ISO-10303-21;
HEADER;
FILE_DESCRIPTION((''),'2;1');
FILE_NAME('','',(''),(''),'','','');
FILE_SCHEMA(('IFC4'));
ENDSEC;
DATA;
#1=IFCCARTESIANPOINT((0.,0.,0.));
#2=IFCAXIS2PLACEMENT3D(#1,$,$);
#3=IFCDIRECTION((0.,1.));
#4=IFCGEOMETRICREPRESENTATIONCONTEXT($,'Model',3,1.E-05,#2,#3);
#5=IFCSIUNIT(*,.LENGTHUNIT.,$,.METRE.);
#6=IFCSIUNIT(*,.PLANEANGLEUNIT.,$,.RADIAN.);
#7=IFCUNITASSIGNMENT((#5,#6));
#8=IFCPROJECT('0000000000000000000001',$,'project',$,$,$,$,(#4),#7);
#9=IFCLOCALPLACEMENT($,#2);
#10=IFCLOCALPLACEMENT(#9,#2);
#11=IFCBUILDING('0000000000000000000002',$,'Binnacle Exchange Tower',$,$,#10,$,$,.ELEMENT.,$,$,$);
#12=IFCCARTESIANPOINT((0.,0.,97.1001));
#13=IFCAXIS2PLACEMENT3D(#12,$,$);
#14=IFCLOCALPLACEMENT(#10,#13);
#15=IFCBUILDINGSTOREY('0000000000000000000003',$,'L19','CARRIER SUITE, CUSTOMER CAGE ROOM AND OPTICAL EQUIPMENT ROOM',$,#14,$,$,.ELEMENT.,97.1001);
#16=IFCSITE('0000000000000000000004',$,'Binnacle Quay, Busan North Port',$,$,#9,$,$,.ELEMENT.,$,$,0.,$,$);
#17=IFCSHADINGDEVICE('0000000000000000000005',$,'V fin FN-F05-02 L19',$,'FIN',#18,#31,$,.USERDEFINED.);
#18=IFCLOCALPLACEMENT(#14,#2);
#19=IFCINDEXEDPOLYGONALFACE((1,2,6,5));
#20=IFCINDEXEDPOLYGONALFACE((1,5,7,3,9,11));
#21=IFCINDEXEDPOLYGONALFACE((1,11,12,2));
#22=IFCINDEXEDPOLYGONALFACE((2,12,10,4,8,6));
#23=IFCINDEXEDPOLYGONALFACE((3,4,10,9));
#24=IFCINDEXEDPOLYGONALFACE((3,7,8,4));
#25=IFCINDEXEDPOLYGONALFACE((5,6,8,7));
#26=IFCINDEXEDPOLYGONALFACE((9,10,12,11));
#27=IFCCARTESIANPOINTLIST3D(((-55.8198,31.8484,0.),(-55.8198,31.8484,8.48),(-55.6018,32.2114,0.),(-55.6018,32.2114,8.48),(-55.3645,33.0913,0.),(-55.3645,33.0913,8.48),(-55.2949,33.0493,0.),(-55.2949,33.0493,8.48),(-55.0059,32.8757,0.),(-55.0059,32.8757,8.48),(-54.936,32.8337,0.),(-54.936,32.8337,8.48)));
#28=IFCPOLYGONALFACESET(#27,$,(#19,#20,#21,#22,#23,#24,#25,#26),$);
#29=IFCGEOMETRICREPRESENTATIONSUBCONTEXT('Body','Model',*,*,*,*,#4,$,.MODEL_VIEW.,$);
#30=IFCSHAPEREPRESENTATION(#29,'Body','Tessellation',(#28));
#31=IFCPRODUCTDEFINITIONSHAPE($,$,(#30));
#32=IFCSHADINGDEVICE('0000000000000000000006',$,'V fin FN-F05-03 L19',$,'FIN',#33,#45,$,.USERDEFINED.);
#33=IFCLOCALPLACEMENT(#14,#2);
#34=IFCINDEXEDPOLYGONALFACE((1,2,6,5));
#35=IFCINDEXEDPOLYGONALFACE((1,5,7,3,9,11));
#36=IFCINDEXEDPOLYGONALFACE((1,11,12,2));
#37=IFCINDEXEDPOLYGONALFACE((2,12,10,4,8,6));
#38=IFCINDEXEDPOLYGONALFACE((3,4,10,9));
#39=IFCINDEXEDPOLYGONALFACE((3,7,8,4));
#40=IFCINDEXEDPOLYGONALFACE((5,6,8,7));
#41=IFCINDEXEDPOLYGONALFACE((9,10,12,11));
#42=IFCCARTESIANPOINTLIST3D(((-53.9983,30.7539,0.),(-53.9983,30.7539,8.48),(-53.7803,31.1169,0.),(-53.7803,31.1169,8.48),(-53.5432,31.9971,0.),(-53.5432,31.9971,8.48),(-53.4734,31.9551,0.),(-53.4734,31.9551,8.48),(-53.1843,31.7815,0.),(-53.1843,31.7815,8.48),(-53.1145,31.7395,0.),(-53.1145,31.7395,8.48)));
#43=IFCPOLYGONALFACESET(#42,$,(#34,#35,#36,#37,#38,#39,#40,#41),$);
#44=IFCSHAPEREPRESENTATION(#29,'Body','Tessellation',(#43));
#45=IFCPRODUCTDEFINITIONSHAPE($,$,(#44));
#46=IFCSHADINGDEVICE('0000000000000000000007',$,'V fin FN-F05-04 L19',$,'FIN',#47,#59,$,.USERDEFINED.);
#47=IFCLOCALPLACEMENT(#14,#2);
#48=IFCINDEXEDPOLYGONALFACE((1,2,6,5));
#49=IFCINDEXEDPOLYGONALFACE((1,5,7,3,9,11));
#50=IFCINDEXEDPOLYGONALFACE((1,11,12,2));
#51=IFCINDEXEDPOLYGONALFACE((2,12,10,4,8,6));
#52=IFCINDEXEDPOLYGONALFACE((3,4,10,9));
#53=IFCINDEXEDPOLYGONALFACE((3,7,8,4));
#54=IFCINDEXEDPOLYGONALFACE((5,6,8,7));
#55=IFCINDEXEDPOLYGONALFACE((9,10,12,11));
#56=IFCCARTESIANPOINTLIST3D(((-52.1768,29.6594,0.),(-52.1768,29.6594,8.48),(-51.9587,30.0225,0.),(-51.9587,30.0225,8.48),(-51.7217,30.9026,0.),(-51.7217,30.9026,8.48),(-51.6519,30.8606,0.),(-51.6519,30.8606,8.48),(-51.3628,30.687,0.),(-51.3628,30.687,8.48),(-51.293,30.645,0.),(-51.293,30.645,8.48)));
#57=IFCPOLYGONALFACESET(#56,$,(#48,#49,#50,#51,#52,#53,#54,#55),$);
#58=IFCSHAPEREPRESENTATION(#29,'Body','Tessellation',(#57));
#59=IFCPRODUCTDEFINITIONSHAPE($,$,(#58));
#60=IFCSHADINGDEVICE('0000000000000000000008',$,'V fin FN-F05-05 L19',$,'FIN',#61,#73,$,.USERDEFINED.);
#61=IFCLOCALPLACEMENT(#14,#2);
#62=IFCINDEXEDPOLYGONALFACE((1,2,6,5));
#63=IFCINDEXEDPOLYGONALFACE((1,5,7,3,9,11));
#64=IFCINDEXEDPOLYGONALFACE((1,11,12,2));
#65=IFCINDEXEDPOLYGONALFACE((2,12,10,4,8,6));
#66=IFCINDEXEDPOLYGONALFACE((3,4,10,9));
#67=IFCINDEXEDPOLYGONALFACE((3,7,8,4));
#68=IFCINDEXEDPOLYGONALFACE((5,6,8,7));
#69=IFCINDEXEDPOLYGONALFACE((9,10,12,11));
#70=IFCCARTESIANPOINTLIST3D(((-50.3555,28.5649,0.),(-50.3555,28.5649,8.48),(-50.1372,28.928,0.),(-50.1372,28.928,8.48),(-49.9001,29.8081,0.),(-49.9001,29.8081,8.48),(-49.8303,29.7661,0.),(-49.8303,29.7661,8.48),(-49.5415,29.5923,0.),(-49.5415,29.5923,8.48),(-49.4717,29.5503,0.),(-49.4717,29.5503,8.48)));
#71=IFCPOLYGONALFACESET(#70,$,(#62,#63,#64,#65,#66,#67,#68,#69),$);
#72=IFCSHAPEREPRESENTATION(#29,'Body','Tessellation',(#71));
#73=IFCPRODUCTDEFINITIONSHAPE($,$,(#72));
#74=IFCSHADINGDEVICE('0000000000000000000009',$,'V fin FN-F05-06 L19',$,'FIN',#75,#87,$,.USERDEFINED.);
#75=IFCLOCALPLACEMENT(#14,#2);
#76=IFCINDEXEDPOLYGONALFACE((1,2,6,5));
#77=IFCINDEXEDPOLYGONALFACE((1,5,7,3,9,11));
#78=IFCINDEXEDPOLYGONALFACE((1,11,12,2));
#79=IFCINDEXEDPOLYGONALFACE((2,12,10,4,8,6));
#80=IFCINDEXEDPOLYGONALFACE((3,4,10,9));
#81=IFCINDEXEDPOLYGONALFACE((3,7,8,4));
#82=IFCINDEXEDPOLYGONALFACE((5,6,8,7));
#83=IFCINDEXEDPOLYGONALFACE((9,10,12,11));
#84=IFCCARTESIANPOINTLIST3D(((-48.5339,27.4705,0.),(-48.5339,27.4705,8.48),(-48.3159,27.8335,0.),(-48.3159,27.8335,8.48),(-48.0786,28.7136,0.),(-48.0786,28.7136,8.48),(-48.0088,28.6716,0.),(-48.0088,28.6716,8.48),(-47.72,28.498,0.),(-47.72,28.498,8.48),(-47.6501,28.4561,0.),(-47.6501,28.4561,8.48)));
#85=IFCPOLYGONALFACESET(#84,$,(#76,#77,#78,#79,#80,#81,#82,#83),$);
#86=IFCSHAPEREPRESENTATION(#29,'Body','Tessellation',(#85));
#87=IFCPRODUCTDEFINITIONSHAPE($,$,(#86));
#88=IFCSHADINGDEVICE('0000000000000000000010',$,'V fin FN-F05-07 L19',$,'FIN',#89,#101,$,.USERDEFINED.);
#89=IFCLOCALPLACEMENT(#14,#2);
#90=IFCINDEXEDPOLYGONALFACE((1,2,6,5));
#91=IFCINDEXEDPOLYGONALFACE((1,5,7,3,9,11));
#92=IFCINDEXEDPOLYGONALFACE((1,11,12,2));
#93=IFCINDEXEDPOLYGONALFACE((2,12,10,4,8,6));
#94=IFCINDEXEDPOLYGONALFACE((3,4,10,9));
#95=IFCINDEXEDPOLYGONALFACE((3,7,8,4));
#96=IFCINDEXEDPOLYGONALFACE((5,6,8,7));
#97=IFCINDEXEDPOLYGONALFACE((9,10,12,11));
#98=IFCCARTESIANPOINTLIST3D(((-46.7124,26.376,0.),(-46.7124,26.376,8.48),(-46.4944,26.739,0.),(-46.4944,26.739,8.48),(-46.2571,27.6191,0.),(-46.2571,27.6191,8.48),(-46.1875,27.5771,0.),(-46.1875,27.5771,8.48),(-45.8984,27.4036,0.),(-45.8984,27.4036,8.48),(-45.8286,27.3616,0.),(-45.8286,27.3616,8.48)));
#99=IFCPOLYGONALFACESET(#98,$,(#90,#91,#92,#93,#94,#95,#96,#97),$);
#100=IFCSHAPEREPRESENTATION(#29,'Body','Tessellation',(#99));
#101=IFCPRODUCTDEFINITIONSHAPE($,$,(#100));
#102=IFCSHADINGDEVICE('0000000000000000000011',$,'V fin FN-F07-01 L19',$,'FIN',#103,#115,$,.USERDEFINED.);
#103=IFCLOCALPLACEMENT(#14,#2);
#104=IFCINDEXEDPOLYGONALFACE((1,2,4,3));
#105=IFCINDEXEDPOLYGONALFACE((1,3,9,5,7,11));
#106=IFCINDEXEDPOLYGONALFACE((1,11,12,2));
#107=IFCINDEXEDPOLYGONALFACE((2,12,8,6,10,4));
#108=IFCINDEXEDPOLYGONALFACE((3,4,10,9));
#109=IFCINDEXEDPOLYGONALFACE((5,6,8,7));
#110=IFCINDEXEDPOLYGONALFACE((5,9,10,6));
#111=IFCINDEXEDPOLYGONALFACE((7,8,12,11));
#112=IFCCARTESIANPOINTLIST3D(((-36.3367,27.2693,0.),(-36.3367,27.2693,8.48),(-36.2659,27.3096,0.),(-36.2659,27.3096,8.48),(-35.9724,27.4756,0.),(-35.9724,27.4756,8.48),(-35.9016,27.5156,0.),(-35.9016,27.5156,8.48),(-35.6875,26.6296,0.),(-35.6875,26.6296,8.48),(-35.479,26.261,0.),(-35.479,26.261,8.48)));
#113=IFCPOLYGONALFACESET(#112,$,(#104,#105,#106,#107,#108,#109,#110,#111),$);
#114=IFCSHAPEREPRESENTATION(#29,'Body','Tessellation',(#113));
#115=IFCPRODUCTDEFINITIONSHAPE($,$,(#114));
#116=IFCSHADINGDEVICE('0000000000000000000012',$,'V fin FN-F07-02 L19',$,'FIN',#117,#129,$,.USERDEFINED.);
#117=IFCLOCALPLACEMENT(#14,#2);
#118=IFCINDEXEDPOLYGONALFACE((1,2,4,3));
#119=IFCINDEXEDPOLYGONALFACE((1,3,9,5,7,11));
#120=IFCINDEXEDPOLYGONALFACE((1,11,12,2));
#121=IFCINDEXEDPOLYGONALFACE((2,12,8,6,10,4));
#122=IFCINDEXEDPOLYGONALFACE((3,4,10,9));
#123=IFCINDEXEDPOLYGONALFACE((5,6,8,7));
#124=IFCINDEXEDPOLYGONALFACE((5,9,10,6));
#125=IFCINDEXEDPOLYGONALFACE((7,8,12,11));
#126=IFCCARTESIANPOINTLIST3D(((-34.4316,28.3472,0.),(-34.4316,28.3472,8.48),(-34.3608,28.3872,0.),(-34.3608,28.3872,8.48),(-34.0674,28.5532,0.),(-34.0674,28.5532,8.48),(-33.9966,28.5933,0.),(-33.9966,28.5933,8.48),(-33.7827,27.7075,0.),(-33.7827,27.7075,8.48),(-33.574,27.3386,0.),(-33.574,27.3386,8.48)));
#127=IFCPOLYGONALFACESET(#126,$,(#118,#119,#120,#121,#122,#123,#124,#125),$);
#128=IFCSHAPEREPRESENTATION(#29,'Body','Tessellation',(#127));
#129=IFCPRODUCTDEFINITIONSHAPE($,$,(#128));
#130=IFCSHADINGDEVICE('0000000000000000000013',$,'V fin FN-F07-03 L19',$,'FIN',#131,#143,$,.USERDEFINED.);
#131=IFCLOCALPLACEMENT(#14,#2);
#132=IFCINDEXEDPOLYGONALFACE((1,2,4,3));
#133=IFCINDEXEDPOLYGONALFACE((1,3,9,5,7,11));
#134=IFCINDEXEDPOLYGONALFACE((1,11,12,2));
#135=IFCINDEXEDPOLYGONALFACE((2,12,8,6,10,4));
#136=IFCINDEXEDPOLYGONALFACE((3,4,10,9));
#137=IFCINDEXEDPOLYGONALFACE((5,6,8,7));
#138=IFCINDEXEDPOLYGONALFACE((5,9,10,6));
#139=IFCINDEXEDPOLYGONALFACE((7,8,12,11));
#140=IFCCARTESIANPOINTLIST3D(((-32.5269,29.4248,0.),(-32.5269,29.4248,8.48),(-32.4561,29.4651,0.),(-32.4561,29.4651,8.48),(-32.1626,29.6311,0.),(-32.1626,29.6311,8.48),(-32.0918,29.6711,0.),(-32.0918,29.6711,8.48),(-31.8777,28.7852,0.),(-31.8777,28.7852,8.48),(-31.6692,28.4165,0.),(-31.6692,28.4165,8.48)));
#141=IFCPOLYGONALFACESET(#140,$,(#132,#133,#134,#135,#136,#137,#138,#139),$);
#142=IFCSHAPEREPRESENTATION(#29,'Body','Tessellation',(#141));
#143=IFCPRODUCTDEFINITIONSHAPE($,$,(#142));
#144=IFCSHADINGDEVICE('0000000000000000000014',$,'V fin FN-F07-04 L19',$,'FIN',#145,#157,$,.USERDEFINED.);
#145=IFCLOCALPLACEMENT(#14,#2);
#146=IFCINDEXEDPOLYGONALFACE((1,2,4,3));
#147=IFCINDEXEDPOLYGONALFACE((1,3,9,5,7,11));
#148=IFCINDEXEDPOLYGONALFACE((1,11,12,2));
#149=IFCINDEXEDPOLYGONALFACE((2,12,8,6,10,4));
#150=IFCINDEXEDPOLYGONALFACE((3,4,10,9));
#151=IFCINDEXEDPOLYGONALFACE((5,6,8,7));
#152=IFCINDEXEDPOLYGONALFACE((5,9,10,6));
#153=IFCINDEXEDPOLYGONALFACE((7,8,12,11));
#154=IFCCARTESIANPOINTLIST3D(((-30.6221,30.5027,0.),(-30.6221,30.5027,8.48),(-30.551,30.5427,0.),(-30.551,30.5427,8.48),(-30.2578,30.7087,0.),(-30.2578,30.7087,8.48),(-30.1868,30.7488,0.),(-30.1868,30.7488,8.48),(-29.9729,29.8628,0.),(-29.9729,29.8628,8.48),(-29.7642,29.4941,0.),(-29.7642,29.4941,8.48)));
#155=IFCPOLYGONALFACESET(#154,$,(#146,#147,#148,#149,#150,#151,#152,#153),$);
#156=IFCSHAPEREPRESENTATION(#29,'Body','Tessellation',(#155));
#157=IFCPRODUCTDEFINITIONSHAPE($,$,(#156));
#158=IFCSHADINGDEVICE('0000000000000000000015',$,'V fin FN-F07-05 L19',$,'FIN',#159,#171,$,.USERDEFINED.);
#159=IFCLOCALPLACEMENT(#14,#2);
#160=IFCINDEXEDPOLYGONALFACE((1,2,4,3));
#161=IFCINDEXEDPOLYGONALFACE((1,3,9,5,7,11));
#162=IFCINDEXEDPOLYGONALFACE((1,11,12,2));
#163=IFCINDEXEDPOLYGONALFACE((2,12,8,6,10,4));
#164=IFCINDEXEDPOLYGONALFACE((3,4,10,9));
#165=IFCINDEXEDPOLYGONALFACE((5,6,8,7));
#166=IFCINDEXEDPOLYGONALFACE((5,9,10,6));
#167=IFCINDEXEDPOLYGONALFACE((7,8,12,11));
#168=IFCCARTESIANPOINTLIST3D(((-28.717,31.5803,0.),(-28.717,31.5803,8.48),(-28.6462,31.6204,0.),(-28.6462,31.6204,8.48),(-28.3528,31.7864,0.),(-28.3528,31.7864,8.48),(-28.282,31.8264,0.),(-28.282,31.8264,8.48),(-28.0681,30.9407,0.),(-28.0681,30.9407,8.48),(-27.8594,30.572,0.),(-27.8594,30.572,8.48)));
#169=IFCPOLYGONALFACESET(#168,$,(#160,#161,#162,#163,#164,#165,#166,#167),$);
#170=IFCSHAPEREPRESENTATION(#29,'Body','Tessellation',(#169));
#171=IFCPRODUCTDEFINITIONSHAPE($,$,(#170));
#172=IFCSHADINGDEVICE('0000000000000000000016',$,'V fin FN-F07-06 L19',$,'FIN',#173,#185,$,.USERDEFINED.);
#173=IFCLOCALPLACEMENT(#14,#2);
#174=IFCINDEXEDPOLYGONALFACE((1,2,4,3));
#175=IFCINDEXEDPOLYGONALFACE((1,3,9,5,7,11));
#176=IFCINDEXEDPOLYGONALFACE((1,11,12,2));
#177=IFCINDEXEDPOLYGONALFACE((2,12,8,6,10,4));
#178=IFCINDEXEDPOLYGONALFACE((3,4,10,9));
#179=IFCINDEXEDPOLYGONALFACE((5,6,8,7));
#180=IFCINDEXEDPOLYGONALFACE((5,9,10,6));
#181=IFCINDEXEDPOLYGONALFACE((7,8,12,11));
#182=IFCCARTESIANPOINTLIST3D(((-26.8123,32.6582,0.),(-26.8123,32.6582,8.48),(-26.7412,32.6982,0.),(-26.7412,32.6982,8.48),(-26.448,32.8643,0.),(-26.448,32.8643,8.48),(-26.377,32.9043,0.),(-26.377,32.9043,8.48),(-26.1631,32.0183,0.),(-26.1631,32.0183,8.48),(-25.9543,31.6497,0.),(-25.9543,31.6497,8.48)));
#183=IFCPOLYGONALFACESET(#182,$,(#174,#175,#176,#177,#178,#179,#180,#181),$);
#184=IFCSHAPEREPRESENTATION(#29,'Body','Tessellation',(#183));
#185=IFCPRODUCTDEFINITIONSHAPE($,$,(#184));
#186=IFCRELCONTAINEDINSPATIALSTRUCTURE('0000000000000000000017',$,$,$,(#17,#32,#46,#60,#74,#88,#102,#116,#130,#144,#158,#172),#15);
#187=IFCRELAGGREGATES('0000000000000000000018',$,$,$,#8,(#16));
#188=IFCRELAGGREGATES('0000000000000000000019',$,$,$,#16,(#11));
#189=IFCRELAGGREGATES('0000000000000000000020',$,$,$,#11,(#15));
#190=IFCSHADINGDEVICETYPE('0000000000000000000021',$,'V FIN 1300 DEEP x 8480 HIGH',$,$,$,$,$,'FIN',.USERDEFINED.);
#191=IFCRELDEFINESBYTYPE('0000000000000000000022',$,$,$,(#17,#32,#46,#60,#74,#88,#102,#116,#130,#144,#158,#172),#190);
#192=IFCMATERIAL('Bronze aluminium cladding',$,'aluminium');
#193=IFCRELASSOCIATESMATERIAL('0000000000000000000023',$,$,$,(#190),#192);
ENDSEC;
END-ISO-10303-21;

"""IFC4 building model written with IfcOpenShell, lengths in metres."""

from ifc_helpers import new_model, si_unit, direction, frame, origin, place, context, subcontext, project, spatial, polyline, outline, extrude, material, type_object, element, save


model = new_model("IFC4")

# Units and contexts
model_context = context("Model", 3, precision=1e-05, world=origin(), true_north=direction((0.0, 1.0)))
body_context = subcontext(model_context, "Body", "Model", "MODEL_VIEW")
ifc_project = project(units=[si_unit("LENGTHUNIT", "METRE"), si_unit("PLANEANGLEUNIT", "RADIAN")], contexts=[model_context])

# Site, building, storey
site_placement = place(None, origin())
site = spatial("IfcSite", under=ifc_project, at=site_placement, Name="Binnacle Quay, Busan North Port", CompositionType="ELEMENT", RefElevation=0.0)
building_placement = place(site_placement, origin())
building = spatial("IfcBuilding", under=site, at=building_placement, Name="Binnacle Exchange Tower", CompositionType="ELEMENT")
storey_placement = place(building_placement, frame((0.0, 0.0, 97.1001)))
storey = spatial("IfcBuildingStorey", under=building, at=storey_placement, Name="L19", Description="CARRIER SUITE, CUSTOMER CAGE ROOM AND OPTICAL EQUIPMENT ROOM", CompositionType="ELEMENT", Elevation=97.1001)

# Shading devices
ifc_material = material(Name="Bronze aluminium cladding", Category="aluminium")
shading_device_type = type_object("IfcShadingDeviceType", Name="V FIN 1300 DEEP x 8480 HIGH", ElementType="FIN", PredefinedType="USERDEFINED", material=ifc_material)
shading_device_1_placement = place(storey_placement, origin())
element("IfcShadingDevice", 1, at=shading_device_1_placement, inside=storey, type_object=shading_device_type, Name="V fin FN-F05-02 L19", ObjectType="FIN", PredefinedType="USERDEFINED", context=body_context, shape_type="SweptSolid", body=[
    extrude(outline(polyline([(-55.3645, 33.0913), (-55.8198, 31.8484), (-54.936, 32.8337), (-55.0059, 32.8757), (-55.6018, 32.2114), (-55.2949, 33.0493), (-55.3645, 33.0913)])), origin(), (0.0, 0.0, 1.0), 8.48),
])
shading_device_2_placement = place(storey_placement, origin())
element("IfcShadingDevice", 2, at=shading_device_2_placement, inside=storey, type_object=shading_device_type, Name="V fin FN-F05-03 L19", ObjectType="FIN", PredefinedType="USERDEFINED", context=body_context, shape_type="SweptSolid", body=[
    extrude(outline(polyline([(-53.5432, 31.9971), (-53.9983, 30.7539), (-53.1145, 31.7395), (-53.1843, 31.7815), (-53.7803, 31.1169), (-53.4734, 31.9551), (-53.5432, 31.9971)])), origin(), (0.0, 0.0, 1.0), 8.48),
])
shading_device_3_placement = place(storey_placement, origin())
element("IfcShadingDevice", 3, at=shading_device_3_placement, inside=storey, type_object=shading_device_type, Name="V fin FN-F05-04 L19", ObjectType="FIN", PredefinedType="USERDEFINED", context=body_context, shape_type="SweptSolid", body=[
    extrude(outline(polyline([(-51.7217, 30.9026), (-52.1768, 29.6594), (-51.293, 30.645), (-51.3628, 30.687), (-51.9587, 30.0225), (-51.6519, 30.8606), (-51.7217, 30.9026)])), origin(), (0.0, 0.0, 1.0), 8.48),
])
shading_device_4_placement = place(storey_placement, origin())
element("IfcShadingDevice", 4, at=shading_device_4_placement, inside=storey, type_object=shading_device_type, Name="V fin FN-F05-05 L19", ObjectType="FIN", PredefinedType="USERDEFINED", context=body_context, shape_type="SweptSolid", body=[
    extrude(outline(polyline([(-49.9001, 29.8081), (-50.3555, 28.5649), (-49.4717, 29.5503), (-49.5415, 29.5923), (-50.1372, 28.928), (-49.8303, 29.7661), (-49.9001, 29.8081)])), origin(), (0.0, 0.0, 1.0), 8.48),
])
shading_device_5_placement = place(storey_placement, origin())
element("IfcShadingDevice", 5, at=shading_device_5_placement, inside=storey, type_object=shading_device_type, Name="V fin FN-F05-06 L19", ObjectType="FIN", PredefinedType="USERDEFINED", context=body_context, shape_type="SweptSolid", body=[
    extrude(outline(polyline([(-48.0786, 28.7136), (-48.5339, 27.4705), (-47.6501, 28.4561), (-47.72, 28.498), (-48.3159, 27.8335), (-48.0088, 28.6716), (-48.0786, 28.7136)])), origin(), (0.0, 0.0, 1.0), 8.48),
])
shading_device_6_placement = place(storey_placement, origin())
element("IfcShadingDevice", 6, at=shading_device_6_placement, inside=storey, type_object=shading_device_type, Name="V fin FN-F05-07 L19", ObjectType="FIN", PredefinedType="USERDEFINED", context=body_context, shape_type="SweptSolid", body=[
    extrude(outline(polyline([(-46.2571, 27.6191), (-46.7124, 26.376), (-45.8286, 27.3616), (-45.8984, 27.4036), (-46.4944, 26.739), (-46.1875, 27.5771), (-46.2571, 27.6191)])), origin(), (0.0, 0.0, 1.0), 8.48),
])
shading_device_7_placement = place(storey_placement, origin())
element("IfcShadingDevice", 7, at=shading_device_7_placement, inside=storey, type_object=shading_device_type, Name="V fin FN-F07-01 L19", ObjectType="FIN", PredefinedType="USERDEFINED", context=body_context, shape_type="SweptSolid", body=[
    extrude(outline(polyline([(-36.3367, 27.2693), (-35.479, 26.261), (-35.9016, 27.5156), (-35.9724, 27.4756), (-35.6875, 26.6296), (-36.2659, 27.3096), (-36.3367, 27.2693)])), origin(), (0.0, 0.0, 1.0), 8.48),
])
shading_device_8_placement = place(storey_placement, origin())
element("IfcShadingDevice", 8, at=shading_device_8_placement, inside=storey, type_object=shading_device_type, Name="V fin FN-F07-02 L19", ObjectType="FIN", PredefinedType="USERDEFINED", context=body_context, shape_type="SweptSolid", body=[
    extrude(outline(polyline([(-34.4316, 28.3472), (-33.574, 27.3386), (-33.9966, 28.5933), (-34.0674, 28.5532), (-33.7827, 27.7075), (-34.3608, 28.3872), (-34.4316, 28.3472)])), origin(), (0.0, 0.0, 1.0), 8.48),
])
shading_device_9_placement = place(storey_placement, origin())
element("IfcShadingDevice", 9, at=shading_device_9_placement, inside=storey, type_object=shading_device_type, Name="V fin FN-F07-03 L19", ObjectType="FIN", PredefinedType="USERDEFINED", context=body_context, shape_type="SweptSolid", body=[
    extrude(outline(polyline([(-32.5269, 29.4248), (-31.6692, 28.4165), (-32.0918, 29.6711), (-32.1626, 29.6311), (-31.8777, 28.7852), (-32.4561, 29.4651), (-32.5269, 29.4248)])), origin(), (0.0, 0.0, 1.0), 8.48),
])
shading_device_10_placement = place(storey_placement, origin())
element("IfcShadingDevice", 10, at=shading_device_10_placement, inside=storey, type_object=shading_device_type, Name="V fin FN-F07-04 L19", ObjectType="FIN", PredefinedType="USERDEFINED", context=body_context, shape_type="SweptSolid", body=[
    extrude(outline(polyline([(-30.6221, 30.5027), (-29.7642, 29.4941), (-30.1868, 30.7488), (-30.2578, 30.7087), (-29.9729, 29.8628), (-30.551, 30.5427), (-30.6221, 30.5027)])), origin(), (0.0, 0.0, 1.0), 8.48),
])
shading_device_11_placement = place(storey_placement, origin())
element("IfcShadingDevice", 11, at=shading_device_11_placement, inside=storey, type_object=shading_device_type, Name="V fin FN-F07-05 L19", ObjectType="FIN", PredefinedType="USERDEFINED", context=body_context, shape_type="SweptSolid", body=[
    extrude(outline(polyline([(-28.717, 31.5803), (-27.8594, 30.572), (-28.282, 31.8264), (-28.3528, 31.7864), (-28.0681, 30.9407), (-28.6462, 31.6204), (-28.717, 31.5803)])), origin(), (0.0, 0.0, 1.0), 8.48),
])
shading_device_12_placement = place(storey_placement, origin())
element("IfcShadingDevice", 12, at=shading_device_12_placement, inside=storey, type_object=shading_device_type, Name="V fin FN-F07-06 L19", ObjectType="FIN", PredefinedType="USERDEFINED", context=body_context, shape_type="SweptSolid", body=[
    extrude(outline(polyline([(-26.8123, 32.6582), (-25.9543, 31.6497), (-26.377, 32.9043), (-26.448, 32.8643), (-26.1631, 32.0183), (-26.7412, 32.6982), (-26.8123, 32.6582)])), origin(), (0.0, 0.0, 1.0), 8.48),
])

save(model, "model.ifc")
